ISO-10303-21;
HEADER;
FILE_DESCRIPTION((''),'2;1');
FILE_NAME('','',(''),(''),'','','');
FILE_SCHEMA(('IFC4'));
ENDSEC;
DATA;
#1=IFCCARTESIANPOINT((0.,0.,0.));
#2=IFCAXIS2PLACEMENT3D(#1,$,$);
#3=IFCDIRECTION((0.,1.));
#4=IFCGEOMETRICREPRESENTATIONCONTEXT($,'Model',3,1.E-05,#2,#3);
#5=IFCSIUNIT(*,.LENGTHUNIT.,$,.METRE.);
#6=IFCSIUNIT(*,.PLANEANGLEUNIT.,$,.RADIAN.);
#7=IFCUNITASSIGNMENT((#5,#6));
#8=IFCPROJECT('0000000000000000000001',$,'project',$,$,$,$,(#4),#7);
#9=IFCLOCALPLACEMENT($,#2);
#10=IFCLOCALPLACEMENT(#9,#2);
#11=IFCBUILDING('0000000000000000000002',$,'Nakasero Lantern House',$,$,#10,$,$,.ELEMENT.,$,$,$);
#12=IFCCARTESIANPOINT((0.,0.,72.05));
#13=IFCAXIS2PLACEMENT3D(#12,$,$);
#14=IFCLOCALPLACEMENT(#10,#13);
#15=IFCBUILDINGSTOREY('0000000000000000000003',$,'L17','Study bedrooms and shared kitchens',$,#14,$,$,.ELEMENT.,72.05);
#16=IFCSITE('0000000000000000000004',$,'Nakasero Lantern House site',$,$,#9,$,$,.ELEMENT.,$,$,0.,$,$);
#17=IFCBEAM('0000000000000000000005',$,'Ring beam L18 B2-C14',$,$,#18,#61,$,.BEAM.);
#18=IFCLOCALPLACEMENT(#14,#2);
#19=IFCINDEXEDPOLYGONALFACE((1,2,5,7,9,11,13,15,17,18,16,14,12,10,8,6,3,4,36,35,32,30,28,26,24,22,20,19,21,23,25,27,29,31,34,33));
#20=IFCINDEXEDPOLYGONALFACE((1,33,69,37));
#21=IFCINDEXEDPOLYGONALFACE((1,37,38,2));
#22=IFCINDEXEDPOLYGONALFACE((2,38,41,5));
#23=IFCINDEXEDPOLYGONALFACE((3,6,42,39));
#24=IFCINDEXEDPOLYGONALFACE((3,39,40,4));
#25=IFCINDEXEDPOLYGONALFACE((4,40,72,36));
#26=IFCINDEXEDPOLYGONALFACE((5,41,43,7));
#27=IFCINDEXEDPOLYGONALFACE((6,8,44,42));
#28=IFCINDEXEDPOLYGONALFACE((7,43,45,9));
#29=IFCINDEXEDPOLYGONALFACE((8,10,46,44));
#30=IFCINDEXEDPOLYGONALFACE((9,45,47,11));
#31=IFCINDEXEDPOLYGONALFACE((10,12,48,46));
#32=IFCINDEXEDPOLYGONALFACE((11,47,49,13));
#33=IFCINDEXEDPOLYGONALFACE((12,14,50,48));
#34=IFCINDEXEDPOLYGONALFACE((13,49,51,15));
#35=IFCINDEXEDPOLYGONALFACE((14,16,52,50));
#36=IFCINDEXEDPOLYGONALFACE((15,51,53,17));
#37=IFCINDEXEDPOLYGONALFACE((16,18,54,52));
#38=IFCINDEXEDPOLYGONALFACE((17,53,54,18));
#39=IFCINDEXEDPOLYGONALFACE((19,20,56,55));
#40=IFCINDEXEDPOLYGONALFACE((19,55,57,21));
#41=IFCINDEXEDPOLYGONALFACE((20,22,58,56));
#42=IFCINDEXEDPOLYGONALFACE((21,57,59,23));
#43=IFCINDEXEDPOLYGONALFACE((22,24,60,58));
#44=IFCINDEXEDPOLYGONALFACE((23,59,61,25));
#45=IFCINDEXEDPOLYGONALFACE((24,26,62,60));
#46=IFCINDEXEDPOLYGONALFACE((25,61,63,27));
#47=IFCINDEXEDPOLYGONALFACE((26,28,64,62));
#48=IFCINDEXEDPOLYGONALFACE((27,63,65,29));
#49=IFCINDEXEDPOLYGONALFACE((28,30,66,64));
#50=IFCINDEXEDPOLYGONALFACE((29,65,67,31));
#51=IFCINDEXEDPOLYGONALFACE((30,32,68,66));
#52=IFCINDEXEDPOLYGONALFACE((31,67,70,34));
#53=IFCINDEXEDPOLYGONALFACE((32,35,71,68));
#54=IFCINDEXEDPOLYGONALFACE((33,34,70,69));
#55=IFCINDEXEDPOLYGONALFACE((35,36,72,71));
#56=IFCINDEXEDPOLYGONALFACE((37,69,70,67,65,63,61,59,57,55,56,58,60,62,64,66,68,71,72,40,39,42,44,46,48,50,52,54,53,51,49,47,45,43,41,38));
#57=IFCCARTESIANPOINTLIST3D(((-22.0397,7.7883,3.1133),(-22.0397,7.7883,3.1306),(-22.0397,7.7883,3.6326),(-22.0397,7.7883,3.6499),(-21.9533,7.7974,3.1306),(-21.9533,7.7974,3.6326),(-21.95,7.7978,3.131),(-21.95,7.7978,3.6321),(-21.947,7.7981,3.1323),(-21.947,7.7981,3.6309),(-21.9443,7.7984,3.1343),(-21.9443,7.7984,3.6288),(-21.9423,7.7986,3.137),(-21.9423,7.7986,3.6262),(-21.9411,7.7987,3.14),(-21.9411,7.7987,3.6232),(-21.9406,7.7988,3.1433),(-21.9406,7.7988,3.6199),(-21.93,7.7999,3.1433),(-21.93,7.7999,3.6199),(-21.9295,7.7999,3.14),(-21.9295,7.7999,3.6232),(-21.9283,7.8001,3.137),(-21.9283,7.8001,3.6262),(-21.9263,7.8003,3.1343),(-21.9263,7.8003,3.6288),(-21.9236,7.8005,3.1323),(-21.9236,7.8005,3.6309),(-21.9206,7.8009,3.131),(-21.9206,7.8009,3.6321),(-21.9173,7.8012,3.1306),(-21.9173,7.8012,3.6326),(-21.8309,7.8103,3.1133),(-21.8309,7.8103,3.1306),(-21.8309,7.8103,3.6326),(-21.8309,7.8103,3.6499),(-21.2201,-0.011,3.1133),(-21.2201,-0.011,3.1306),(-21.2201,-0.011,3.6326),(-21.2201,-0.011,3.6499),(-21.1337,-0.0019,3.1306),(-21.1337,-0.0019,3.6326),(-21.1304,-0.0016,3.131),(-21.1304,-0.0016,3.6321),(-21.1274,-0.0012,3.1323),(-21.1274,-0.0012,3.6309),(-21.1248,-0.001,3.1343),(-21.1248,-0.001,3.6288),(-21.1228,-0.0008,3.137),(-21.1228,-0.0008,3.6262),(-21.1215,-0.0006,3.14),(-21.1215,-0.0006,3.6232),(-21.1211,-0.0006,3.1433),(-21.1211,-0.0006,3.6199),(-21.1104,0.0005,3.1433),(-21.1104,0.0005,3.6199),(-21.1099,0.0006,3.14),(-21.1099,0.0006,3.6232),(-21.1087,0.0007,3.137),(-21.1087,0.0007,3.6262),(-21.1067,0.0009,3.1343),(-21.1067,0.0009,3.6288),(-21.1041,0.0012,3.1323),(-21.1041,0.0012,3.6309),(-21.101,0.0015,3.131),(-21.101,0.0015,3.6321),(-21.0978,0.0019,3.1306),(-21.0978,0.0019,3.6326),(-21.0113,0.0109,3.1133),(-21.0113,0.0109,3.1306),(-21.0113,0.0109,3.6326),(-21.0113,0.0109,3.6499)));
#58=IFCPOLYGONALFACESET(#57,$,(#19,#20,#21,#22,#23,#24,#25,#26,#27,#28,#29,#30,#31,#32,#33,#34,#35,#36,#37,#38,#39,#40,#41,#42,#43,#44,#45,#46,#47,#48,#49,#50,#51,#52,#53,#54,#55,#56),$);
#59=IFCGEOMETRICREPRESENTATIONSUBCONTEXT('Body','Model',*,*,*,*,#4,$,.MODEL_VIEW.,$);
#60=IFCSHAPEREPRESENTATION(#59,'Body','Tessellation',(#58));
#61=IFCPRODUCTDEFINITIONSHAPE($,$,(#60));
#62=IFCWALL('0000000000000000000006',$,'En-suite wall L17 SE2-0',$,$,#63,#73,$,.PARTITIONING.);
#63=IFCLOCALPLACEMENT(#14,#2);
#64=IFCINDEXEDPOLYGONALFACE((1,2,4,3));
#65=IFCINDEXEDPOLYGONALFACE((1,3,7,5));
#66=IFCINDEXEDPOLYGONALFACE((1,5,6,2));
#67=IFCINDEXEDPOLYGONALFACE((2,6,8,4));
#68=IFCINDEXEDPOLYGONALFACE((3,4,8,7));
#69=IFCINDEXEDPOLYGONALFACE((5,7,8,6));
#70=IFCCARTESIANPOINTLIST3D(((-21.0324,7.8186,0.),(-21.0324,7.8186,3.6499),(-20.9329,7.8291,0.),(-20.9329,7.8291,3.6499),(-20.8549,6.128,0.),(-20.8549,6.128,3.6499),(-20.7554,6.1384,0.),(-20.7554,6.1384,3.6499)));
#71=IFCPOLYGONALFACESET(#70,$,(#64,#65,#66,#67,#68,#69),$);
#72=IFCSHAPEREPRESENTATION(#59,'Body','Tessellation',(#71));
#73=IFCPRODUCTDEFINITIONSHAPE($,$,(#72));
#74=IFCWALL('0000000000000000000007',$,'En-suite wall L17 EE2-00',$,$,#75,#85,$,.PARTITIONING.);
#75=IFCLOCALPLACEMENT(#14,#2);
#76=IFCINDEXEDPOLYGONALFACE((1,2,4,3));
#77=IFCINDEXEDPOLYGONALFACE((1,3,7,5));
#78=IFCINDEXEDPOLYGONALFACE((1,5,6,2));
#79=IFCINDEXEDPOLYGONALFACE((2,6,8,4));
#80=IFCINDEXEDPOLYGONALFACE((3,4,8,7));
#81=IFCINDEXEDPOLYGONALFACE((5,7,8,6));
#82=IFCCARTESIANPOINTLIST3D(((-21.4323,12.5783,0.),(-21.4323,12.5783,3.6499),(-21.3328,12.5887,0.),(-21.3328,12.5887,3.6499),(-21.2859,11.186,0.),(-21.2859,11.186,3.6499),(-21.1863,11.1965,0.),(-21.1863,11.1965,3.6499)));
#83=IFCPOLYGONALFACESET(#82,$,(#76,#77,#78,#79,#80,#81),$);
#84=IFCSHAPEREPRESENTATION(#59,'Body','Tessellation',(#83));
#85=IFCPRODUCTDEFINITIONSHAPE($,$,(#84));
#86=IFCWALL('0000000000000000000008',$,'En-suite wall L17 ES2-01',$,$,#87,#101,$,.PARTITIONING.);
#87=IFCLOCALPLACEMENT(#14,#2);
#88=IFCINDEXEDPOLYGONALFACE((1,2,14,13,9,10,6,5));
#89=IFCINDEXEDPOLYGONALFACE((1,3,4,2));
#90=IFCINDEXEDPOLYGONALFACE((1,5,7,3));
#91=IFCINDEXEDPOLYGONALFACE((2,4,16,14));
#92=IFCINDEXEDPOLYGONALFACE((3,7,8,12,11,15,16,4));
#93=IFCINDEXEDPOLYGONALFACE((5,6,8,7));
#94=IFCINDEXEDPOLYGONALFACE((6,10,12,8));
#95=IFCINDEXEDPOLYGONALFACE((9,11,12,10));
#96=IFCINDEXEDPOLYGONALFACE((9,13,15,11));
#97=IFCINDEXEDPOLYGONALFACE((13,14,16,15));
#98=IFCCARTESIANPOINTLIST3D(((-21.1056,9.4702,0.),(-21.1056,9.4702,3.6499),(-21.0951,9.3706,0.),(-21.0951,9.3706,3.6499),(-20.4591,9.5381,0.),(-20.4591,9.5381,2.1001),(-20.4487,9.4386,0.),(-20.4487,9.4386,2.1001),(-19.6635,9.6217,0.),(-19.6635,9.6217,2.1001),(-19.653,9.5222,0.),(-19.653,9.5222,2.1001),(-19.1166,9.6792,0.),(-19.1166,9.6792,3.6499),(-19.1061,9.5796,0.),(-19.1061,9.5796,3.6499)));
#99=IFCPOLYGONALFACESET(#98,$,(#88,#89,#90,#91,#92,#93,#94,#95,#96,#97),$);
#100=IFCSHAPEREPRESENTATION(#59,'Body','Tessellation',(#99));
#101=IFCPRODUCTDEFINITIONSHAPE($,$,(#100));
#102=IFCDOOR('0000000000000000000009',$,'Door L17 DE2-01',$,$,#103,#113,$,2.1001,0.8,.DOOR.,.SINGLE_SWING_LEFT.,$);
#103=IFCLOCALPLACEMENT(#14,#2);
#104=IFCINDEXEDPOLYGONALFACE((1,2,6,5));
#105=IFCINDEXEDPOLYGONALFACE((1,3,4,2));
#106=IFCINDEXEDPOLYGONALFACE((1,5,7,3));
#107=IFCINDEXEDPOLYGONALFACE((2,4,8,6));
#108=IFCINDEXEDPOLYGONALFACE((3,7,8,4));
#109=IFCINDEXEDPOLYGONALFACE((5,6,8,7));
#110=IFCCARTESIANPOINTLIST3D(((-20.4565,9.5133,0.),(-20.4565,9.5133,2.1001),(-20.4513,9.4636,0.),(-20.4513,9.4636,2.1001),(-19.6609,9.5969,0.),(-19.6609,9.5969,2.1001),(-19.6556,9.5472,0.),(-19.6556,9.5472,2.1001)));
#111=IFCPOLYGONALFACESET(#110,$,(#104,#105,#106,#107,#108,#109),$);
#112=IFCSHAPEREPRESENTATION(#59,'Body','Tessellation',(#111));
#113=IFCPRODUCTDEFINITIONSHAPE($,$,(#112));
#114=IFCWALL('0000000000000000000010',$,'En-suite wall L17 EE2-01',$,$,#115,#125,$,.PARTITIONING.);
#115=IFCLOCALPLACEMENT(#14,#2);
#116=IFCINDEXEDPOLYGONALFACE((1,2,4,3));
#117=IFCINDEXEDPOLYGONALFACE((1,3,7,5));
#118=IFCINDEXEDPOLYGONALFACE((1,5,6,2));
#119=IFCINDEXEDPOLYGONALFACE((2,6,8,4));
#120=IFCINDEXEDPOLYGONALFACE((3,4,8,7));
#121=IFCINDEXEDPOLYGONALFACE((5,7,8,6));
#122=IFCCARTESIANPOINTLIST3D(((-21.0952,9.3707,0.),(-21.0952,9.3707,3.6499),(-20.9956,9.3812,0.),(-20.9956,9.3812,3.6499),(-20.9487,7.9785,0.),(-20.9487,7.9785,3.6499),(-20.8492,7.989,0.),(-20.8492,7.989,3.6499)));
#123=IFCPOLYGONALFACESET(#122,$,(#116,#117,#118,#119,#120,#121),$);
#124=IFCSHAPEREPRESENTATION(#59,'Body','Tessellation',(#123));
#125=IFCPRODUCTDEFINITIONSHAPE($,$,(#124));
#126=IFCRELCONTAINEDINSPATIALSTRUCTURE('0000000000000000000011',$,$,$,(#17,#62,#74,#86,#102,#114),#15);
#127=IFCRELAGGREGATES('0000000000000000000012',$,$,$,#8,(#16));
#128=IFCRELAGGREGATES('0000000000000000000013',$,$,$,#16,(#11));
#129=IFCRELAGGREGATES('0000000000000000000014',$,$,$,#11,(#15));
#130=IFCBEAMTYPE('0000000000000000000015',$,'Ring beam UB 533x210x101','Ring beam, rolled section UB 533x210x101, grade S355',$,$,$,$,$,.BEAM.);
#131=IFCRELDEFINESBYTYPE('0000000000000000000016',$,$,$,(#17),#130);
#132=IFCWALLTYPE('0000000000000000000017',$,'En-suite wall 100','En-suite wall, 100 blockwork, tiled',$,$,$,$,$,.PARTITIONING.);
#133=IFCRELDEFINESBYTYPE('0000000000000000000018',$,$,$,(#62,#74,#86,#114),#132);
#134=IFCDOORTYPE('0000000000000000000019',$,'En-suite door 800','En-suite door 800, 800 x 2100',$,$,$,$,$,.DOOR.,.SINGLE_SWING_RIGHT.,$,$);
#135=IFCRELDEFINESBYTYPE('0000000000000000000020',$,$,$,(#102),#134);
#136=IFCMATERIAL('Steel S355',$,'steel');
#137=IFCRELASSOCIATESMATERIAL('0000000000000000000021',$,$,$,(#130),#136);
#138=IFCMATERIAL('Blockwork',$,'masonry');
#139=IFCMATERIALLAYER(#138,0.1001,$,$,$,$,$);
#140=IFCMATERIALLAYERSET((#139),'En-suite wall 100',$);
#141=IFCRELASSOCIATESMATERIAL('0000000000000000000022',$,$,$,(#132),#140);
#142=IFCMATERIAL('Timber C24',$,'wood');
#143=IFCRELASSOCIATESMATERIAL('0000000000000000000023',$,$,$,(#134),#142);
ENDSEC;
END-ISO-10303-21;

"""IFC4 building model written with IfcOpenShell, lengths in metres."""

from ifc_helpers import new_model, si_unit, direction, frame, frame_2d, origin, origin_2d, place, context, subcontext, project, spatial, rectangle, i_section, extrude, material, layer, layer_set, material_profile, profile_set, type_object, element, fill, save


model = new_model("IFC4")

# Units and contexts
model_context = context("Model", 3, precision=1e-05, world=origin(), true_north=direction((0.0, 1.0)))
body_context = subcontext(model_context, "Body", "Model", "MODEL_VIEW")
ifc_project = project(units=[si_unit("LENGTHUNIT", "METRE"), si_unit("PLANEANGLEUNIT", "RADIAN")], contexts=[model_context])

# Site, building, storey
site_placement = place(None, origin())
site = spatial("IfcSite", under=ifc_project, at=site_placement, Name="Nakasero Lantern House site", CompositionType="ELEMENT", RefElevation=0.0)
building_placement = place(site_placement, origin())
building = spatial("IfcBuilding", under=site, at=building_placement, Name="Nakasero Lantern House", CompositionType="ELEMENT")
storey_placement = place(building_placement, frame((0.0, 0.0, 72.05)))
storey = spatial("IfcBuildingStorey", under=building, at=storey_placement, Name="L17", Description="Study bedrooms and shared kitchens", CompositionType="ELEMENT", Elevation=72.05)

# Beam
ifc_material_1 = material(Name="Steel S355", Category="steel")
ifc_material_profile_1 = material_profile(ifc_material_1, i_section(OverallWidth=0.21, OverallDepth=0.5366, WebThickness=0.0107, FlangeThickness=0.0173, FilletRadius=0.0127, at=origin_2d()), Name="UB 533x210x101")
ifc_profile_set_1 = profile_set([ifc_material_profile_1], Name="Steel S355")
beam_type_1 = type_object("IfcBeamType", Name="Ring beam UB 533x210x101", Description="Ring beam, rolled section UB 533x210x101, grade S355", PredefinedType="BEAM", material=ifc_profile_set_1)
beam_1_placement = place(storey_placement, frame((-21.9353, 7.7993, 3.3816), z_axis=(0.104508, -0.994524, 0.0), x_axis=(0.994524, 0.104508, 0.0)))
element("IfcBeam", 1, at=beam_1_placement, inside=storey, type_object=beam_type_1, Name="Ring beam L18 B2-C14", PredefinedType="BEAM", context=body_context, shape_type="SweptSolid", body=[
    extrude(i_section(OverallWidth=0.21, OverallDepth=0.5366, WebThickness=0.0107, FlangeThickness=0.0173, FilletRadius=0.0127, at=origin_2d()), origin(), (0.0, 0.0, 1.0), 7.8423),
])

# Walls
ifc_material_2 = material(Name="Blockwork", Category="masonry")
ifc_layer_1 = layer(ifc_material_2, 0.1001)
ifc_layer_set_1 = layer_set([ifc_layer_1], Name="En-suite wall 100")
wall_type_1 = type_object("IfcWallType", Name="En-suite wall 100", Description="En-suite wall, 100 blockwork, tiled", PredefinedType="PARTITIONING", material=ifc_layer_set_1)
wall_1_placement = place(storey_placement, frame((-20.9827, 7.824, 0.0), z_axis=(0.0, 0.0, 1.0), x_axis=(0.104408, -0.994535, 0.0)))
element("IfcWall", 2, at=wall_1_placement, inside=storey, type_object=wall_type_1, Name="En-suite wall L17 SE2-0", PredefinedType="PARTITIONING", context=body_context, shape_type="SweptSolid", body=[
    extrude(rectangle(XDim=1.7, YDim=0.1001, at=frame_2d((0.8501, 0.0))), origin(), (0.0, 0.0, 1.0), 3.6499),
])
wall_2_placement = place(storey_placement, frame((-21.3826, 12.5835, 0.0), z_axis=(0.0, 0.0, 1.0), x_axis=(0.10463, -0.994511, 0.0)))
element("IfcWall", 3, at=wall_2_placement, inside=storey, type_object=wall_type_1, Name="En-suite wall L17 EE2-00", PredefinedType="PARTITIONING", context=body_context, shape_type="SweptSolid", body=[
    extrude(rectangle(XDim=1.3999, YDim=0.1001, at=frame_2d((0.7, 0.0))), origin(), (0.0, 0.0, 1.0), 3.6499),
])

# Wall, opening, door
wall_3_placement = place(storey_placement, frame((-19.1113, 9.6294, 0.0), z_axis=(0.0, 0.0, 1.0), x_axis=(-0.994526, -0.104494, 0.0)))
wall_3 = element("IfcWall", 4, at=wall_3_placement, inside=storey, type_object=wall_type_1, Name="En-suite wall L17 ES2-01", PredefinedType="PARTITIONING", context=body_context, shape_type="SweptSolid", body=[
    extrude(rectangle(XDim=2.0, YDim=0.1001, at=frame_2d((1.0, 0.0))), origin(), (0.0, 0.0, 1.0), 3.6499),
])
opening_1_placement = place(wall_3_placement, frame((0.55, 0.0, 0.0)))
opening_1 = element("IfcOpeningElement", 5, at=opening_1_placement, cuts=wall_3, PredefinedType="OPENING", context=body_context, shape_type="SweptSolid", body=[
    extrude(rectangle(XDim=0.8, YDim=2.1001, at=frame_2d((0.3999, 1.05))), frame((0.0, 0.0701, 0.0), z_axis=(0.0, -1.0, 0.0), x_axis=(1.0, 0.0, 0.0)), (0.0, 0.0, 1.0), 0.1401),
])
ifc_material_3 = material(Name="Timber C24", Category="wood")
door_type_1 = type_object("IfcDoorType", Name="En-suite door 800", Description="En-suite door 800, 800 x 2100", OperationType="SINGLE_SWING_RIGHT", PredefinedType="DOOR", material=ifc_material_3)
door_1_placement = place(opening_1_placement, origin())
door_1 = element("IfcDoor", 6, at=door_1_placement, inside=storey, type_object=door_type_1, Name="Door L17 DE2-01", OperationType="SINGLE_SWING_LEFT", OverallHeight=2.1001, OverallWidth=0.8, PredefinedType="DOOR", context=body_context, shape_type="SweptSolid", body=[
    extrude(rectangle(XDim=0.8, YDim=2.1001, at=frame_2d((0.3999, 1.05))), frame((0.0, 0.0249, 0.0), z_axis=(0.0, -1.0, 0.0), x_axis=(1.0, 0.0, 0.0)), (0.0, 0.0, 1.0), 0.05),
])
fill(opening_1, door_1)

# Wall
wall_4_placement = place(storey_placement, frame((-21.0454, 9.376, 0.0), z_axis=(0.0, 0.0, 1.0), x_axis=(0.10463, -0.994511, 0.0)))
element("IfcWall", 7, at=wall_4_placement, inside=storey, type_object=wall_type_1, Name="En-suite wall L17 EE2-01", PredefinedType="PARTITIONING", context=body_context, shape_type="SweptSolid", body=[
    extrude(rectangle(XDim=1.3999, YDim=0.1001, at=frame_2d((0.7, 0.0))), origin(), (0.0, 0.0, 1.0), 3.6499),
])

save(model, "model.ifc")
